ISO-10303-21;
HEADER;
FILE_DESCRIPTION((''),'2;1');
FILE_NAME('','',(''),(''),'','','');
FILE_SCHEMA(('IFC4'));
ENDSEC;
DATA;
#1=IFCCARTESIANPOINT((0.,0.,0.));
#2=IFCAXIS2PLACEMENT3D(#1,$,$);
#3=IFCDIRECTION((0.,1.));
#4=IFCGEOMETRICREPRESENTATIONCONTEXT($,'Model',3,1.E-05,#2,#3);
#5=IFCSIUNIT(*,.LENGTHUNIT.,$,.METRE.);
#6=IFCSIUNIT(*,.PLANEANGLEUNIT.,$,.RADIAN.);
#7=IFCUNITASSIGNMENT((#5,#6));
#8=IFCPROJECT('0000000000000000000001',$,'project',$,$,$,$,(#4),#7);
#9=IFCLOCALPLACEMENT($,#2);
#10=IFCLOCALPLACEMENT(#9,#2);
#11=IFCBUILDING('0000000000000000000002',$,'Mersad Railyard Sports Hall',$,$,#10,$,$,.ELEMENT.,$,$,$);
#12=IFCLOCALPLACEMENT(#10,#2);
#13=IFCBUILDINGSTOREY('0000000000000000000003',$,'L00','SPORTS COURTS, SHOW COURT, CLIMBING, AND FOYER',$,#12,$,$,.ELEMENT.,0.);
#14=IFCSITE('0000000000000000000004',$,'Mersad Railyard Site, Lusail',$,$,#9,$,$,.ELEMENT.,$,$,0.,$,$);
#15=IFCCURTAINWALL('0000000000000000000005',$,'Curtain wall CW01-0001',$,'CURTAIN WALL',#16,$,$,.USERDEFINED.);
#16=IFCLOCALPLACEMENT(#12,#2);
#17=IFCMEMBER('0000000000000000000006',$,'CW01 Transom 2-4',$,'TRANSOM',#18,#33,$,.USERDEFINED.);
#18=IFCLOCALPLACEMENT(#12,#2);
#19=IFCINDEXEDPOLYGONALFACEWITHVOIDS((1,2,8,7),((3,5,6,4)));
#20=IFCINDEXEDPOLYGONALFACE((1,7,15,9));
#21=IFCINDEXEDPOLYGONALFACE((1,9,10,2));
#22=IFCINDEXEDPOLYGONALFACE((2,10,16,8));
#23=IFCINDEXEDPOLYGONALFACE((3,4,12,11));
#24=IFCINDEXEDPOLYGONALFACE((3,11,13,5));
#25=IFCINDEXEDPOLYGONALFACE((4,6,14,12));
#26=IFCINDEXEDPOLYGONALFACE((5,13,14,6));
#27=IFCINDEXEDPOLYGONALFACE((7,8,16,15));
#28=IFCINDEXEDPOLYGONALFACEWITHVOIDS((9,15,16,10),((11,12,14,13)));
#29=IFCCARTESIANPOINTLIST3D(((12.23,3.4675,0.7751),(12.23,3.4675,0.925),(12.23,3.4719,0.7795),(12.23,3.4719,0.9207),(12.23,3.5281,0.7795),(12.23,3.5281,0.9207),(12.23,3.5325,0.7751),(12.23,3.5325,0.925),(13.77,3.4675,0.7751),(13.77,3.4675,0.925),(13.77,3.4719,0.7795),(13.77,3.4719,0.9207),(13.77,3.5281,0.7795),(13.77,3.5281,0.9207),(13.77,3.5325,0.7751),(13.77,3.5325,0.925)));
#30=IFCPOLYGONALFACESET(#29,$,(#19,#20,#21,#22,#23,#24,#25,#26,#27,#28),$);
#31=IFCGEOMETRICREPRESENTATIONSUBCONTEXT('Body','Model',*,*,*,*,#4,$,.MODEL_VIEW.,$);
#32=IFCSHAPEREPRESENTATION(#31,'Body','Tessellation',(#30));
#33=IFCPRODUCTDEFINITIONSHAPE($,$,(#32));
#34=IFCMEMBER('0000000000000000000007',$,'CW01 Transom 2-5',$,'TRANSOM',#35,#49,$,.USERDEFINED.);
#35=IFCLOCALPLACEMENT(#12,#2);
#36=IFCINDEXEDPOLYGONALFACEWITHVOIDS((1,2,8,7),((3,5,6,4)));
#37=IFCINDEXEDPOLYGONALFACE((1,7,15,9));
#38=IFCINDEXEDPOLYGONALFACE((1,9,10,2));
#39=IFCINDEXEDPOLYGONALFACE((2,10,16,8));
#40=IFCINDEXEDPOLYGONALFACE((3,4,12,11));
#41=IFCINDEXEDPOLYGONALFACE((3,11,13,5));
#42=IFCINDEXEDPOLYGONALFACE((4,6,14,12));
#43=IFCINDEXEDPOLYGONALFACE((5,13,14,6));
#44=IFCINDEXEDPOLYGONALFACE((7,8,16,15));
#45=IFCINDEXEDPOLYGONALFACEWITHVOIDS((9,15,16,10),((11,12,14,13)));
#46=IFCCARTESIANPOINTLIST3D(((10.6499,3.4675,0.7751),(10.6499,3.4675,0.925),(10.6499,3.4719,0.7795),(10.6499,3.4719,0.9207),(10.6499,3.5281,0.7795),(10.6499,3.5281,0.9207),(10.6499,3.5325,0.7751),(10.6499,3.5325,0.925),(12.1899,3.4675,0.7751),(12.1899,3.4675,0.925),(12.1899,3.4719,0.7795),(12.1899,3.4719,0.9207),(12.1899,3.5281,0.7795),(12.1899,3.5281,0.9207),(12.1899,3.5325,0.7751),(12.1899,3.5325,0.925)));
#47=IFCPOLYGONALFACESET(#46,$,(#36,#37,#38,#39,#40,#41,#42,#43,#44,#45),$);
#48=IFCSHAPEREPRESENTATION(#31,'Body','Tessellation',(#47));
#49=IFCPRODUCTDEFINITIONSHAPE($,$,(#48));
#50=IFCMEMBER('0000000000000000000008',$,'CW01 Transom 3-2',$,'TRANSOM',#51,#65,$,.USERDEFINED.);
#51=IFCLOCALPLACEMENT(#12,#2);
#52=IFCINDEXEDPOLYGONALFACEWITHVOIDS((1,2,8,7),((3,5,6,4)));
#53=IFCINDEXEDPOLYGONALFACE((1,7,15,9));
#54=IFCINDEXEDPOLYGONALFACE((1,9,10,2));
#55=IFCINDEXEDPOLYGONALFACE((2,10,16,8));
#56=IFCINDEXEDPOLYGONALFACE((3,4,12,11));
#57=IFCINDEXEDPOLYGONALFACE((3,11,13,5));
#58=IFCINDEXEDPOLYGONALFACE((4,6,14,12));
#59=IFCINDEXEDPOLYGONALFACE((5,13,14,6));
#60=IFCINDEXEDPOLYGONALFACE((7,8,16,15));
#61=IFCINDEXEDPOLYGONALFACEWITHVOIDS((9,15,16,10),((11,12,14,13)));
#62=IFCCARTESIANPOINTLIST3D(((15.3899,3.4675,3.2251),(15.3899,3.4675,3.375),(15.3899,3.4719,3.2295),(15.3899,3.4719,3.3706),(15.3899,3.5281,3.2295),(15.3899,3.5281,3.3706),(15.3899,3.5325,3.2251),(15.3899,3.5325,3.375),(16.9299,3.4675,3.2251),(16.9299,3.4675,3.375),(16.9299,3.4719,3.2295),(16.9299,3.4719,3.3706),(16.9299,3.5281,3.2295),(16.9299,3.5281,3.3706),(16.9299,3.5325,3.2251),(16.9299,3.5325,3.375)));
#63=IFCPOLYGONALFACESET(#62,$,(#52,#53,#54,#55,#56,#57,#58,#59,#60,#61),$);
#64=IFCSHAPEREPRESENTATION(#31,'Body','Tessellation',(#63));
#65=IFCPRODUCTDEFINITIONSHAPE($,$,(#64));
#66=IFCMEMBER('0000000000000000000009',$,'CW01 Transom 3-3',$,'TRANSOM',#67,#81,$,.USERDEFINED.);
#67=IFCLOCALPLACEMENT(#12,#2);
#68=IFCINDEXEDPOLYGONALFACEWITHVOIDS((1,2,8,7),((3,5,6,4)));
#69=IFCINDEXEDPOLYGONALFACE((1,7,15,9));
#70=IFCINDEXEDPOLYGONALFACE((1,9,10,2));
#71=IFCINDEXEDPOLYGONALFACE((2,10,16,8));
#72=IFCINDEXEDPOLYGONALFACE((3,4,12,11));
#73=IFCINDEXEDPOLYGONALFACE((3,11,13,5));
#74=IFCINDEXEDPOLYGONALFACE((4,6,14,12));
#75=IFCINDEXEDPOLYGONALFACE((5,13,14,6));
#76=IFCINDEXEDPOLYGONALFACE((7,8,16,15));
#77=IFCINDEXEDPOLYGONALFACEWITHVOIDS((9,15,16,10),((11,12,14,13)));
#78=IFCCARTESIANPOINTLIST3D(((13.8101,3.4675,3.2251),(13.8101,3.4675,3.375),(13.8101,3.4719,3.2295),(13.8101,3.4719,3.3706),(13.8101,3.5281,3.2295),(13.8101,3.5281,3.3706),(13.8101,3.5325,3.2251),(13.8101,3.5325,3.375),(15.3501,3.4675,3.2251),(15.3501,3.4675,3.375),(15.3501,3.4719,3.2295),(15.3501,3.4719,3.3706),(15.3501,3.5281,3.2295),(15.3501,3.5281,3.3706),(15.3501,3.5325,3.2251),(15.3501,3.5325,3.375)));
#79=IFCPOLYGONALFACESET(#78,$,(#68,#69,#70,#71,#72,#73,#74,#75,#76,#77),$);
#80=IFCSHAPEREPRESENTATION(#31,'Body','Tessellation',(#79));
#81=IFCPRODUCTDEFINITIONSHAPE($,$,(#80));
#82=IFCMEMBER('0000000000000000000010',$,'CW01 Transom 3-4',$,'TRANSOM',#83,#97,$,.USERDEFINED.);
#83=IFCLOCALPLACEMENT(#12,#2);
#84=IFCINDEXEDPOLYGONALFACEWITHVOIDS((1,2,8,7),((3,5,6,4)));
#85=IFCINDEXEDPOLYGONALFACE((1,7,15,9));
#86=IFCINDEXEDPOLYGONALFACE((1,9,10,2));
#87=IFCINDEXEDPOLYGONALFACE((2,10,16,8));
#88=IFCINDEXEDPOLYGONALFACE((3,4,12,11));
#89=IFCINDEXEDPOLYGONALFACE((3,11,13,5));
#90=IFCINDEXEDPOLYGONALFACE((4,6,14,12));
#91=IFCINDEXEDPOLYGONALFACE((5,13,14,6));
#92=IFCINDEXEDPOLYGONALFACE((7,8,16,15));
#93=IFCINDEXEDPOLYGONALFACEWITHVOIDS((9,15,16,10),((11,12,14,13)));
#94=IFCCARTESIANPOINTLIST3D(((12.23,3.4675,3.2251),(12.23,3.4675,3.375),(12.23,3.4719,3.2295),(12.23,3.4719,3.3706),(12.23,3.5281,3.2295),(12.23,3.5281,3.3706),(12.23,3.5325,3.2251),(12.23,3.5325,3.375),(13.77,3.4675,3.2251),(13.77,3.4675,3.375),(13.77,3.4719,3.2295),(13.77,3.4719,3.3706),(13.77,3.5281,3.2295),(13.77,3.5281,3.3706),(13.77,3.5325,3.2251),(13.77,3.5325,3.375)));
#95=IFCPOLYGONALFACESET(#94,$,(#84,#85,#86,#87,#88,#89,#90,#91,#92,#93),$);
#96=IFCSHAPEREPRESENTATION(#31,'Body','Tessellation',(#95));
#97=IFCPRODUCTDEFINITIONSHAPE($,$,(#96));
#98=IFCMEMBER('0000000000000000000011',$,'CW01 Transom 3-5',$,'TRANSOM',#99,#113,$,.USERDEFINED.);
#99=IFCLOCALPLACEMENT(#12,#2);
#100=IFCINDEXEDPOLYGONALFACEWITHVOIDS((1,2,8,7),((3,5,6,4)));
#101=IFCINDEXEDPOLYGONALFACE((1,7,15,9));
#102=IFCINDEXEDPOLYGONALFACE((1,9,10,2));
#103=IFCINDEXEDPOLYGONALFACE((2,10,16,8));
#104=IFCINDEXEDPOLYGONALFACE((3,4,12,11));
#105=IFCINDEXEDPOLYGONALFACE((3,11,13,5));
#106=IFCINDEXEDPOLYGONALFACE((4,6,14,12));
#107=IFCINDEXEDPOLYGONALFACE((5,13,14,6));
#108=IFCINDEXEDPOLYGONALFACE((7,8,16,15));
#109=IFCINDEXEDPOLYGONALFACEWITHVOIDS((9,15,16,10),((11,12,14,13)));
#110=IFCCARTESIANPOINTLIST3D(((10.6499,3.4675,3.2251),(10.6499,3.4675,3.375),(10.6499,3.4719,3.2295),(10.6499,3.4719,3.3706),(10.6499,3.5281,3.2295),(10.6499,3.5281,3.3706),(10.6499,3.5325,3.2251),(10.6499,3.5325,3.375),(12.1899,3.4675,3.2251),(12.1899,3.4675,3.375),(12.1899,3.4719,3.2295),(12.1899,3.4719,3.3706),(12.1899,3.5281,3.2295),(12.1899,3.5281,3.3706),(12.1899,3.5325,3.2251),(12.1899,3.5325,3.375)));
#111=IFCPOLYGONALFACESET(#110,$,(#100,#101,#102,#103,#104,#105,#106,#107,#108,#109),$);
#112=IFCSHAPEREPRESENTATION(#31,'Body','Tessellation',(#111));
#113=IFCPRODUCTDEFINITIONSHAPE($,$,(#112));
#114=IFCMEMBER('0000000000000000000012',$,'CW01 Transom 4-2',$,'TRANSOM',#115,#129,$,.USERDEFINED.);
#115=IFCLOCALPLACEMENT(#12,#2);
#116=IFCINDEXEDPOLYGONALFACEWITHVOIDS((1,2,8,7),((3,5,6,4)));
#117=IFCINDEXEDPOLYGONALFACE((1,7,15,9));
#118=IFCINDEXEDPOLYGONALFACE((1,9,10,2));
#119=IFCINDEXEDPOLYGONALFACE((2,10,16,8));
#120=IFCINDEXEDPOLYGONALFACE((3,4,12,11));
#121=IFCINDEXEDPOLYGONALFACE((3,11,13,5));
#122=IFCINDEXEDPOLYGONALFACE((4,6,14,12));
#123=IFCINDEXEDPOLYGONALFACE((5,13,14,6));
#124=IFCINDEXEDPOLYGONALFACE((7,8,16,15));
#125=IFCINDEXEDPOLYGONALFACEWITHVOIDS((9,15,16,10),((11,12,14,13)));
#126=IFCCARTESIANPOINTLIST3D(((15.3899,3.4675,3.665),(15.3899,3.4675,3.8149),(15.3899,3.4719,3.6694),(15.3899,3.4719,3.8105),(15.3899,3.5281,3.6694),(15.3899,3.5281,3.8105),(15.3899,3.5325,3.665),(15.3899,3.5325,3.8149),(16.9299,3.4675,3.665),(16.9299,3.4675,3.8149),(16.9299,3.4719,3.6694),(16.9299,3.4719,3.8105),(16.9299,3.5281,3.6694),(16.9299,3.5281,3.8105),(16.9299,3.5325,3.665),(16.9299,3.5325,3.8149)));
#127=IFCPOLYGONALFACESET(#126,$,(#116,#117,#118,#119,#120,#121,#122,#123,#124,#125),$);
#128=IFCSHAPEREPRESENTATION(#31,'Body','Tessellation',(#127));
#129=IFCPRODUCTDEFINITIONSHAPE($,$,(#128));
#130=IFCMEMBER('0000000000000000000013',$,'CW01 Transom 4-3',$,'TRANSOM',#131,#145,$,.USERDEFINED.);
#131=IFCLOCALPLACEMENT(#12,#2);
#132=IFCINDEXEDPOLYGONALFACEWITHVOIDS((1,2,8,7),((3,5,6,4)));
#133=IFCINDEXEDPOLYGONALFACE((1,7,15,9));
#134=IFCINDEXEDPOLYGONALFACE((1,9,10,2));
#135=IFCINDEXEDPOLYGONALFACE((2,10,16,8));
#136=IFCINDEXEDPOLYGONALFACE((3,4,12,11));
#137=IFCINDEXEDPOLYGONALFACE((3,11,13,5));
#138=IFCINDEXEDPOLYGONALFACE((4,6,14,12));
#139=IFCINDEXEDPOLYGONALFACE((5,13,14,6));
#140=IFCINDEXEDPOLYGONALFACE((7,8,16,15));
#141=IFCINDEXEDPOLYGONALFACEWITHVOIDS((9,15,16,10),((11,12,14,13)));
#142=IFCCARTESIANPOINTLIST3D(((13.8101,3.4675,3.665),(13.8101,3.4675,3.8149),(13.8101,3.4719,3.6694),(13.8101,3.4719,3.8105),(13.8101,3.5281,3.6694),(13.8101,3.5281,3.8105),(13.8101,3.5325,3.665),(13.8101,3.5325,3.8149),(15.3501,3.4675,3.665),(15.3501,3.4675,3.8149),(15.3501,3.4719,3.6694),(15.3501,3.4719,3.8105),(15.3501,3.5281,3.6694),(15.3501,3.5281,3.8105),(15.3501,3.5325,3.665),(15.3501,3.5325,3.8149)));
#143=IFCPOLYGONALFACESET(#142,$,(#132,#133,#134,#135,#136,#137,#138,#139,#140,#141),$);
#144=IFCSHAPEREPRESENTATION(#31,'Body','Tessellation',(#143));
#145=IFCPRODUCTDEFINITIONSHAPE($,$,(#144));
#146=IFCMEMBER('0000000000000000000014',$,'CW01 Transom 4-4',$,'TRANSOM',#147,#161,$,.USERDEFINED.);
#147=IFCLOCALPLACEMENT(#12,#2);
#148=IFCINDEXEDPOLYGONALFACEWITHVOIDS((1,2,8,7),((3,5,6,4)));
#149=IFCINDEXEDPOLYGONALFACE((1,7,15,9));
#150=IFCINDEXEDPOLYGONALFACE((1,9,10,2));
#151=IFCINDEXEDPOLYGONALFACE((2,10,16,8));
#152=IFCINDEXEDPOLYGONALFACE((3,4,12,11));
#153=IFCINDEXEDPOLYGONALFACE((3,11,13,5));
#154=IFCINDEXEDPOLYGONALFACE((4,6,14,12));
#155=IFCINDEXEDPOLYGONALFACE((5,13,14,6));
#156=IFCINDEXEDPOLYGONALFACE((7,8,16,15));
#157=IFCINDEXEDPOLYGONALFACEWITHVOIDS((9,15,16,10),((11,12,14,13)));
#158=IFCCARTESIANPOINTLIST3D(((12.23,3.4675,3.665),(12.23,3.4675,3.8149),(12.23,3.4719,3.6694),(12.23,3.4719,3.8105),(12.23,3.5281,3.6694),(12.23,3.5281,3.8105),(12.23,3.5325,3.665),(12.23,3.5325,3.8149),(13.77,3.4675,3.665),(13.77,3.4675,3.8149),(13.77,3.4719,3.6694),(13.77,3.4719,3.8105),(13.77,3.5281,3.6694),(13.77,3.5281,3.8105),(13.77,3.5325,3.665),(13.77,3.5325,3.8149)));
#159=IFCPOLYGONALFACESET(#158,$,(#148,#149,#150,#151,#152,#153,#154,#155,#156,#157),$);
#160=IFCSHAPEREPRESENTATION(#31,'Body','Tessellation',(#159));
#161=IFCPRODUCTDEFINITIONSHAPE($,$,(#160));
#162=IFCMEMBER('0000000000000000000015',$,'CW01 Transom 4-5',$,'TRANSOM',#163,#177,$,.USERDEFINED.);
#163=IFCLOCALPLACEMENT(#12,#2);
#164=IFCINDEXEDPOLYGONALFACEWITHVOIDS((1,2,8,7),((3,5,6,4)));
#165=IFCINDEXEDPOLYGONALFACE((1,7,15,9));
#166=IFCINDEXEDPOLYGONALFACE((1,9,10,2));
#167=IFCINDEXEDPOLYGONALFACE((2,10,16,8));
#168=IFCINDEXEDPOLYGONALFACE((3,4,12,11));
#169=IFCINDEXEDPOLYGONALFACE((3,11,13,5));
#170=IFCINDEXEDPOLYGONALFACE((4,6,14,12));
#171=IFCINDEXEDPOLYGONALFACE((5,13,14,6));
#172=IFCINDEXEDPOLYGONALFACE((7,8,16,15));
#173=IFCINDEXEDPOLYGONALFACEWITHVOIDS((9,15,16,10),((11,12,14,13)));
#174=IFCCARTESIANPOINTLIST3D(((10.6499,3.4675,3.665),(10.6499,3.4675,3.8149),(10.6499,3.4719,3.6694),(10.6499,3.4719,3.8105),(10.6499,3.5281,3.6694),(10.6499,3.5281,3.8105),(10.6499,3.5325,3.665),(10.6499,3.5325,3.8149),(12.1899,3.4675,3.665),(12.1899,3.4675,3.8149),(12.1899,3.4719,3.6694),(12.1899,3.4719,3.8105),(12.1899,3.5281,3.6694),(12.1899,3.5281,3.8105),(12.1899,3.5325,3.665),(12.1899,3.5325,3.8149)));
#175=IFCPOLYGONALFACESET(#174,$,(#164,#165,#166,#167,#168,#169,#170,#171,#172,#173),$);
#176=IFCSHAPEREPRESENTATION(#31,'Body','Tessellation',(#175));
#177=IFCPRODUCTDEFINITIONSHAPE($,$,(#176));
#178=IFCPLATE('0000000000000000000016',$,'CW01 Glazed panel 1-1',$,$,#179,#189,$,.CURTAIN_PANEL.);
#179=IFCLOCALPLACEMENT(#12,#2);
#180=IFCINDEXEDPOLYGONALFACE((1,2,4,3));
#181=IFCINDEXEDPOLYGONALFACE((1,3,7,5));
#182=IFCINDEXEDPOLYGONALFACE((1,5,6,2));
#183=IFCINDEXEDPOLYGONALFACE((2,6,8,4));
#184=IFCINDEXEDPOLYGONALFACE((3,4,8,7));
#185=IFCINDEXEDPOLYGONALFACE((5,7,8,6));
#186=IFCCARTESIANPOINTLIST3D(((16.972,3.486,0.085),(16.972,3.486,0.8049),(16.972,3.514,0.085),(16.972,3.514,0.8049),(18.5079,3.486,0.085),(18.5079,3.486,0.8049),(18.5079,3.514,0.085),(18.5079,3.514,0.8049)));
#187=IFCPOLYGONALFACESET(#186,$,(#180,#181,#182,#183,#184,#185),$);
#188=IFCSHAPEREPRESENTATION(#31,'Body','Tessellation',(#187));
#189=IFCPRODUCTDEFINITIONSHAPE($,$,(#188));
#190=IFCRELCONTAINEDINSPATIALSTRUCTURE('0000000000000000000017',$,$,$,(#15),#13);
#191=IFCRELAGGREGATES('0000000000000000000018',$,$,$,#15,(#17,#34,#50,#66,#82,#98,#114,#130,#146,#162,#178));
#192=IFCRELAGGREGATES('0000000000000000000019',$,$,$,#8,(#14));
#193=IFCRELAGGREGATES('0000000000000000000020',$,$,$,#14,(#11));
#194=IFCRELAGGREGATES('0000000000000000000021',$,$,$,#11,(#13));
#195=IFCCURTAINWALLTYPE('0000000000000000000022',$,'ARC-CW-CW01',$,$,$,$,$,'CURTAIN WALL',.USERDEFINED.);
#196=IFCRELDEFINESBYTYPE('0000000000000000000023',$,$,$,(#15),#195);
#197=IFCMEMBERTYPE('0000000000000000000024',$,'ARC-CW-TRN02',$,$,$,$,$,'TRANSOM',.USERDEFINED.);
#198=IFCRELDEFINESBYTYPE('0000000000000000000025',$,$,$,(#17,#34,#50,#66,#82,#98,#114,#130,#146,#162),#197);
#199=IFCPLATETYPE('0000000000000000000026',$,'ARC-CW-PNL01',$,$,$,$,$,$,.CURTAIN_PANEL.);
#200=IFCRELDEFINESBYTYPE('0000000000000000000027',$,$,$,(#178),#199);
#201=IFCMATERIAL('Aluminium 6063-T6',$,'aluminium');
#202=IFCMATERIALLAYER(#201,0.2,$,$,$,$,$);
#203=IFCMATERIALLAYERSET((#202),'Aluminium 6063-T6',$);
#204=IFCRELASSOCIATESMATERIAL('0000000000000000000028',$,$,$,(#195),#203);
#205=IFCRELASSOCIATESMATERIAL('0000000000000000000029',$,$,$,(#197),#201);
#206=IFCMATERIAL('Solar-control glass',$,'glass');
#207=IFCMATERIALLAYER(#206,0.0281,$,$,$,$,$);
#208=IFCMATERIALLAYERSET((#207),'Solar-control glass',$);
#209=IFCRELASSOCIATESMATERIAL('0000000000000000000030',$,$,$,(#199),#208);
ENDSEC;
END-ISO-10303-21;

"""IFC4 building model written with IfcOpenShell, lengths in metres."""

from ifc_helpers import new_model, si_unit, direction, frame, origin, origin_2d, place, context, subcontext, project, spatial, rectangle, hollow_rectangle, extrude, material, layer, layer_set, material_profile, profile_set, type_object, element, aggregate, save


model = new_model("IFC4")

# Units and contexts
model_context = context("Model", 3, precision=1e-05, world=origin(), true_north=direction((0.0, 1.0)))
body_context = subcontext(model_context, "Body", "Model", "MODEL_VIEW")
ifc_project = project(units=[si_unit("LENGTHUNIT", "METRE"), si_unit("PLANEANGLEUNIT", "RADIAN")], contexts=[model_context])

# Site, building, storey
site_placement = place(None, origin())
site = spatial("IfcSite", under=ifc_project, at=site_placement, Name="Mersad Railyard Site, Lusail", CompositionType="ELEMENT", RefElevation=0.0)
building_placement = place(site_placement, origin())
building = spatial("IfcBuilding", under=site, at=building_placement, Name="Mersad Railyard Sports Hall", CompositionType="ELEMENT")
storey_placement = place(building_placement, origin())
storey = spatial("IfcBuildingStorey", under=building, at=storey_placement, Name="L00", Description="SPORTS COURTS, SHOW COURT, CLIMBING, AND FOYER", CompositionType="ELEMENT", Elevation=0.0)

# Curtain wall, members, plate
ifc_material_1 = material(Name="Aluminium 6063-T6", Category="aluminium")
ifc_layer_1 = layer(ifc_material_1, 0.2)
ifc_layer_set_1 = layer_set([ifc_layer_1], Name="Aluminium 6063-T6")
curtain_wall_type = type_object("IfcCurtainWallType", Name="ARC-CW-CW01", ElementType="CURTAIN WALL", PredefinedType="USERDEFINED", material=ifc_layer_set_1)
curtain_wall_placement = place(storey_placement, origin())
curtain_wall = element("IfcCurtainWall", 1, at=curtain_wall_placement, inside=storey, type_object=curtain_wall_type, Name="Curtain wall CW01-0001", ObjectType="CURTAIN WALL", PredefinedType="USERDEFINED")
ifc_material_profile_1 = material_profile(ifc_material_1, hollow_rectangle(XDim=0.0649, YDim=0.1499, WallThickness=0.0044, at=origin_2d()), Name="AL TRANSOM 65x150x4.5")
ifc_profile_set_1 = profile_set([ifc_material_profile_1], Name="Aluminium 6063-T6")
member_type_1 = type_object("IfcMemberType", Name="ARC-CW-TRN02", ElementType="TRANSOM", PredefinedType="USERDEFINED", material=ifc_profile_set_1)
member_1_placement = place(storey_placement, frame((13.77, 3.5, 0.8501), z_axis=(-1.0, 0.0, 0.0), x_axis=(0.0, -1.0, 0.0)))
member_1 = element("IfcMember", 2, at=member_1_placement, type_object=member_type_1, Name="CW01 Transom 2-4", ObjectType="TRANSOM", PredefinedType="USERDEFINED", context=body_context, shape_type="SweptSolid", body=[
    extrude(hollow_rectangle(XDim=0.0649, YDim=0.1499, WallThickness=0.0044, at=origin_2d()), origin(), (0.0, 0.0, 1.0), 1.54),
])
member_2_placement = place(storey_placement, frame((12.1899, 3.5, 0.8501), z_axis=(-1.0, 0.0, 0.0), x_axis=(0.0, -1.0, 0.0)))
member_2 = element("IfcMember", 3, at=member_2_placement, type_object=member_type_1, Name="CW01 Transom 2-5", ObjectType="TRANSOM", PredefinedType="USERDEFINED", context=body_context, shape_type="SweptSolid", body=[
    extrude(hollow_rectangle(XDim=0.0649, YDim=0.1499, WallThickness=0.0044, at=origin_2d()), origin(), (0.0, 0.0, 1.0), 1.54),
])
member_3_placement = place(storey_placement, frame((16.9299, 3.5, 3.3), z_axis=(-1.0, 0.0, 0.0), x_axis=(0.0, -1.0, 0.0)))
member_3 = element("IfcMember", 4, at=member_3_placement, type_object=member_type_1, Name="CW01 Transom 3-2", ObjectType="TRANSOM", PredefinedType="USERDEFINED", context=body_context, shape_type="SweptSolid", body=[
    extrude(hollow_rectangle(XDim=0.0649, YDim=0.1499, WallThickness=0.0044, at=origin_2d()), origin(), (0.0, 0.0, 1.0), 1.54),
])
member_4_placement = place(storey_placement, frame((15.3501, 3.5, 3.3), z_axis=(-1.0, 0.0, 0.0), x_axis=(0.0, -1.0, 0.0)))
member_4 = element("IfcMember", 5, at=member_4_placement, type_object=member_type_1, Name="CW01 Transom 3-3", ObjectType="TRANSOM", PredefinedType="USERDEFINED", context=body_context, shape_type="SweptSolid", body=[
    extrude(hollow_rectangle(XDim=0.0649, YDim=0.1499, WallThickness=0.0044, at=origin_2d()), origin(), (0.0, 0.0, 1.0), 1.54),
])
member_5_placement = place(storey_placement, frame((13.77, 3.5, 3.3), z_axis=(-1.0, 0.0, 0.0), x_axis=(0.0, -1.0, 0.0)))
member_5 = element("IfcMember", 6, at=member_5_placement, type_object=member_type_1, Name="CW01 Transom 3-4", ObjectType="TRANSOM", PredefinedType="USERDEFINED", context=body_context, shape_type="SweptSolid", body=[
    extrude(hollow_rectangle(XDim=0.0649, YDim=0.1499, WallThickness=0.0044, at=origin_2d()), origin(), (0.0, 0.0, 1.0), 1.54),
])
member_6_placement = place(storey_placement, frame((12.1899, 3.5, 3.3), z_axis=(-1.0, 0.0, 0.0), x_axis=(0.0, -1.0, 0.0)))
member_6 = element("IfcMember", 7, at=member_6_placement, type_object=member_type_1, Name="CW01 Transom 3-5", ObjectType="TRANSOM", PredefinedType="USERDEFINED", context=body_context, shape_type="SweptSolid", body=[
    extrude(hollow_rectangle(XDim=0.0649, YDim=0.1499, WallThickness=0.0044, at=origin_2d()), origin(), (0.0, 0.0, 1.0), 1.54),
])
member_7_placement = place(storey_placement, frame((16.9299, 3.5, 3.74), z_axis=(-1.0, 0.0, 0.0), x_axis=(0.0, -1.0, 0.0)))
member_7 = element("IfcMember", 8, at=member_7_placement, type_object=member_type_1, Name="CW01 Transom 4-2", ObjectType="TRANSOM", PredefinedType="USERDEFINED", context=body_context, shape_type="SweptSolid", body=[
    extrude(hollow_rectangle(XDim=0.0649, YDim=0.1499, WallThickness=0.0044, at=origin_2d()), origin(), (0.0, 0.0, 1.0), 1.54),
])
member_8_placement = place(storey_placement, frame((15.3501, 3.5, 3.74), z_axis=(-1.0, 0.0, 0.0), x_axis=(0.0, -1.0, 0.0)))
member_8 = element("IfcMember", 9, at=member_8_placement, type_object=member_type_1, Name="CW01 Transom 4-3", ObjectType="TRANSOM", PredefinedType="USERDEFINED", context=body_context, shape_type="SweptSolid", body=[
    extrude(hollow_rectangle(XDim=0.0649, YDim=0.1499, WallThickness=0.0044, at=origin_2d()), origin(), (0.0, 0.0, 1.0), 1.54),
])
member_9_placement = place(storey_placement, frame((13.77, 3.5, 3.74), z_axis=(-1.0, 0.0, 0.0), x_axis=(0.0, -1.0, 0.0)))
member_9 = element("IfcMember", 10, at=member_9_placement, type_object=member_type_1, Name="CW01 Transom 4-4", ObjectType="TRANSOM", PredefinedType="USERDEFINED", context=body_context, shape_type="SweptSolid", body=[
    extrude(hollow_rectangle(XDim=0.0649, YDim=0.1499, WallThickness=0.0044, at=origin_2d()), origin(), (0.0, 0.0, 1.0), 1.54),
])
member_10_placement = place(storey_placement, frame((12.1899, 3.5, 3.74), z_axis=(-1.0, 0.0, 0.0), x_axis=(0.0, -1.0, 0.0)))
member_10 = element("IfcMember", 11, at=member_10_placement, type_object=member_type_1, Name="CW01 Transom 4-5", ObjectType="TRANSOM", PredefinedType="USERDEFINED", context=body_context, shape_type="SweptSolid", body=[
    extrude(hollow_rectangle(XDim=0.0649, YDim=0.1499, WallThickness=0.0044, at=origin_2d()), origin(), (0.0, 0.0, 1.0), 1.54),
])
ifc_material_2 = material(Name="Solar-control glass", Category="glass")
ifc_layer_2 = layer(ifc_material_2, 0.0281)
ifc_layer_set_2 = layer_set([ifc_layer_2], Name="Solar-control glass")
plate_type = type_object("IfcPlateType", Name="ARC-CW-PNL01", PredefinedType="CURTAIN_PANEL", material=ifc_layer_set_2)
plate_1_placement = place(storey_placement, frame((17.74, 3.5, 0.085), z_axis=(0.0, 0.0, 1.0), x_axis=(-1.0, 0.0, 0.0)))
plate_1 = element("IfcPlate", 12, at=plate_1_placement, type_object=plate_type, Name="CW01 Glazed panel 1-1", PredefinedType="CURTAIN_PANEL", context=body_context, shape_type="SweptSolid", body=[
    extrude(rectangle(XDim=1.5359, YDim=0.0281, at=origin_2d()), origin(), (0.0, 0.0, 1.0), 0.72),
])
aggregate(curtain_wall, [member_1, member_2, member_3, member_4, member_5, member_6, member_7, member_8, member_9, member_10, plate_1])

save(model, "model.ifc")
